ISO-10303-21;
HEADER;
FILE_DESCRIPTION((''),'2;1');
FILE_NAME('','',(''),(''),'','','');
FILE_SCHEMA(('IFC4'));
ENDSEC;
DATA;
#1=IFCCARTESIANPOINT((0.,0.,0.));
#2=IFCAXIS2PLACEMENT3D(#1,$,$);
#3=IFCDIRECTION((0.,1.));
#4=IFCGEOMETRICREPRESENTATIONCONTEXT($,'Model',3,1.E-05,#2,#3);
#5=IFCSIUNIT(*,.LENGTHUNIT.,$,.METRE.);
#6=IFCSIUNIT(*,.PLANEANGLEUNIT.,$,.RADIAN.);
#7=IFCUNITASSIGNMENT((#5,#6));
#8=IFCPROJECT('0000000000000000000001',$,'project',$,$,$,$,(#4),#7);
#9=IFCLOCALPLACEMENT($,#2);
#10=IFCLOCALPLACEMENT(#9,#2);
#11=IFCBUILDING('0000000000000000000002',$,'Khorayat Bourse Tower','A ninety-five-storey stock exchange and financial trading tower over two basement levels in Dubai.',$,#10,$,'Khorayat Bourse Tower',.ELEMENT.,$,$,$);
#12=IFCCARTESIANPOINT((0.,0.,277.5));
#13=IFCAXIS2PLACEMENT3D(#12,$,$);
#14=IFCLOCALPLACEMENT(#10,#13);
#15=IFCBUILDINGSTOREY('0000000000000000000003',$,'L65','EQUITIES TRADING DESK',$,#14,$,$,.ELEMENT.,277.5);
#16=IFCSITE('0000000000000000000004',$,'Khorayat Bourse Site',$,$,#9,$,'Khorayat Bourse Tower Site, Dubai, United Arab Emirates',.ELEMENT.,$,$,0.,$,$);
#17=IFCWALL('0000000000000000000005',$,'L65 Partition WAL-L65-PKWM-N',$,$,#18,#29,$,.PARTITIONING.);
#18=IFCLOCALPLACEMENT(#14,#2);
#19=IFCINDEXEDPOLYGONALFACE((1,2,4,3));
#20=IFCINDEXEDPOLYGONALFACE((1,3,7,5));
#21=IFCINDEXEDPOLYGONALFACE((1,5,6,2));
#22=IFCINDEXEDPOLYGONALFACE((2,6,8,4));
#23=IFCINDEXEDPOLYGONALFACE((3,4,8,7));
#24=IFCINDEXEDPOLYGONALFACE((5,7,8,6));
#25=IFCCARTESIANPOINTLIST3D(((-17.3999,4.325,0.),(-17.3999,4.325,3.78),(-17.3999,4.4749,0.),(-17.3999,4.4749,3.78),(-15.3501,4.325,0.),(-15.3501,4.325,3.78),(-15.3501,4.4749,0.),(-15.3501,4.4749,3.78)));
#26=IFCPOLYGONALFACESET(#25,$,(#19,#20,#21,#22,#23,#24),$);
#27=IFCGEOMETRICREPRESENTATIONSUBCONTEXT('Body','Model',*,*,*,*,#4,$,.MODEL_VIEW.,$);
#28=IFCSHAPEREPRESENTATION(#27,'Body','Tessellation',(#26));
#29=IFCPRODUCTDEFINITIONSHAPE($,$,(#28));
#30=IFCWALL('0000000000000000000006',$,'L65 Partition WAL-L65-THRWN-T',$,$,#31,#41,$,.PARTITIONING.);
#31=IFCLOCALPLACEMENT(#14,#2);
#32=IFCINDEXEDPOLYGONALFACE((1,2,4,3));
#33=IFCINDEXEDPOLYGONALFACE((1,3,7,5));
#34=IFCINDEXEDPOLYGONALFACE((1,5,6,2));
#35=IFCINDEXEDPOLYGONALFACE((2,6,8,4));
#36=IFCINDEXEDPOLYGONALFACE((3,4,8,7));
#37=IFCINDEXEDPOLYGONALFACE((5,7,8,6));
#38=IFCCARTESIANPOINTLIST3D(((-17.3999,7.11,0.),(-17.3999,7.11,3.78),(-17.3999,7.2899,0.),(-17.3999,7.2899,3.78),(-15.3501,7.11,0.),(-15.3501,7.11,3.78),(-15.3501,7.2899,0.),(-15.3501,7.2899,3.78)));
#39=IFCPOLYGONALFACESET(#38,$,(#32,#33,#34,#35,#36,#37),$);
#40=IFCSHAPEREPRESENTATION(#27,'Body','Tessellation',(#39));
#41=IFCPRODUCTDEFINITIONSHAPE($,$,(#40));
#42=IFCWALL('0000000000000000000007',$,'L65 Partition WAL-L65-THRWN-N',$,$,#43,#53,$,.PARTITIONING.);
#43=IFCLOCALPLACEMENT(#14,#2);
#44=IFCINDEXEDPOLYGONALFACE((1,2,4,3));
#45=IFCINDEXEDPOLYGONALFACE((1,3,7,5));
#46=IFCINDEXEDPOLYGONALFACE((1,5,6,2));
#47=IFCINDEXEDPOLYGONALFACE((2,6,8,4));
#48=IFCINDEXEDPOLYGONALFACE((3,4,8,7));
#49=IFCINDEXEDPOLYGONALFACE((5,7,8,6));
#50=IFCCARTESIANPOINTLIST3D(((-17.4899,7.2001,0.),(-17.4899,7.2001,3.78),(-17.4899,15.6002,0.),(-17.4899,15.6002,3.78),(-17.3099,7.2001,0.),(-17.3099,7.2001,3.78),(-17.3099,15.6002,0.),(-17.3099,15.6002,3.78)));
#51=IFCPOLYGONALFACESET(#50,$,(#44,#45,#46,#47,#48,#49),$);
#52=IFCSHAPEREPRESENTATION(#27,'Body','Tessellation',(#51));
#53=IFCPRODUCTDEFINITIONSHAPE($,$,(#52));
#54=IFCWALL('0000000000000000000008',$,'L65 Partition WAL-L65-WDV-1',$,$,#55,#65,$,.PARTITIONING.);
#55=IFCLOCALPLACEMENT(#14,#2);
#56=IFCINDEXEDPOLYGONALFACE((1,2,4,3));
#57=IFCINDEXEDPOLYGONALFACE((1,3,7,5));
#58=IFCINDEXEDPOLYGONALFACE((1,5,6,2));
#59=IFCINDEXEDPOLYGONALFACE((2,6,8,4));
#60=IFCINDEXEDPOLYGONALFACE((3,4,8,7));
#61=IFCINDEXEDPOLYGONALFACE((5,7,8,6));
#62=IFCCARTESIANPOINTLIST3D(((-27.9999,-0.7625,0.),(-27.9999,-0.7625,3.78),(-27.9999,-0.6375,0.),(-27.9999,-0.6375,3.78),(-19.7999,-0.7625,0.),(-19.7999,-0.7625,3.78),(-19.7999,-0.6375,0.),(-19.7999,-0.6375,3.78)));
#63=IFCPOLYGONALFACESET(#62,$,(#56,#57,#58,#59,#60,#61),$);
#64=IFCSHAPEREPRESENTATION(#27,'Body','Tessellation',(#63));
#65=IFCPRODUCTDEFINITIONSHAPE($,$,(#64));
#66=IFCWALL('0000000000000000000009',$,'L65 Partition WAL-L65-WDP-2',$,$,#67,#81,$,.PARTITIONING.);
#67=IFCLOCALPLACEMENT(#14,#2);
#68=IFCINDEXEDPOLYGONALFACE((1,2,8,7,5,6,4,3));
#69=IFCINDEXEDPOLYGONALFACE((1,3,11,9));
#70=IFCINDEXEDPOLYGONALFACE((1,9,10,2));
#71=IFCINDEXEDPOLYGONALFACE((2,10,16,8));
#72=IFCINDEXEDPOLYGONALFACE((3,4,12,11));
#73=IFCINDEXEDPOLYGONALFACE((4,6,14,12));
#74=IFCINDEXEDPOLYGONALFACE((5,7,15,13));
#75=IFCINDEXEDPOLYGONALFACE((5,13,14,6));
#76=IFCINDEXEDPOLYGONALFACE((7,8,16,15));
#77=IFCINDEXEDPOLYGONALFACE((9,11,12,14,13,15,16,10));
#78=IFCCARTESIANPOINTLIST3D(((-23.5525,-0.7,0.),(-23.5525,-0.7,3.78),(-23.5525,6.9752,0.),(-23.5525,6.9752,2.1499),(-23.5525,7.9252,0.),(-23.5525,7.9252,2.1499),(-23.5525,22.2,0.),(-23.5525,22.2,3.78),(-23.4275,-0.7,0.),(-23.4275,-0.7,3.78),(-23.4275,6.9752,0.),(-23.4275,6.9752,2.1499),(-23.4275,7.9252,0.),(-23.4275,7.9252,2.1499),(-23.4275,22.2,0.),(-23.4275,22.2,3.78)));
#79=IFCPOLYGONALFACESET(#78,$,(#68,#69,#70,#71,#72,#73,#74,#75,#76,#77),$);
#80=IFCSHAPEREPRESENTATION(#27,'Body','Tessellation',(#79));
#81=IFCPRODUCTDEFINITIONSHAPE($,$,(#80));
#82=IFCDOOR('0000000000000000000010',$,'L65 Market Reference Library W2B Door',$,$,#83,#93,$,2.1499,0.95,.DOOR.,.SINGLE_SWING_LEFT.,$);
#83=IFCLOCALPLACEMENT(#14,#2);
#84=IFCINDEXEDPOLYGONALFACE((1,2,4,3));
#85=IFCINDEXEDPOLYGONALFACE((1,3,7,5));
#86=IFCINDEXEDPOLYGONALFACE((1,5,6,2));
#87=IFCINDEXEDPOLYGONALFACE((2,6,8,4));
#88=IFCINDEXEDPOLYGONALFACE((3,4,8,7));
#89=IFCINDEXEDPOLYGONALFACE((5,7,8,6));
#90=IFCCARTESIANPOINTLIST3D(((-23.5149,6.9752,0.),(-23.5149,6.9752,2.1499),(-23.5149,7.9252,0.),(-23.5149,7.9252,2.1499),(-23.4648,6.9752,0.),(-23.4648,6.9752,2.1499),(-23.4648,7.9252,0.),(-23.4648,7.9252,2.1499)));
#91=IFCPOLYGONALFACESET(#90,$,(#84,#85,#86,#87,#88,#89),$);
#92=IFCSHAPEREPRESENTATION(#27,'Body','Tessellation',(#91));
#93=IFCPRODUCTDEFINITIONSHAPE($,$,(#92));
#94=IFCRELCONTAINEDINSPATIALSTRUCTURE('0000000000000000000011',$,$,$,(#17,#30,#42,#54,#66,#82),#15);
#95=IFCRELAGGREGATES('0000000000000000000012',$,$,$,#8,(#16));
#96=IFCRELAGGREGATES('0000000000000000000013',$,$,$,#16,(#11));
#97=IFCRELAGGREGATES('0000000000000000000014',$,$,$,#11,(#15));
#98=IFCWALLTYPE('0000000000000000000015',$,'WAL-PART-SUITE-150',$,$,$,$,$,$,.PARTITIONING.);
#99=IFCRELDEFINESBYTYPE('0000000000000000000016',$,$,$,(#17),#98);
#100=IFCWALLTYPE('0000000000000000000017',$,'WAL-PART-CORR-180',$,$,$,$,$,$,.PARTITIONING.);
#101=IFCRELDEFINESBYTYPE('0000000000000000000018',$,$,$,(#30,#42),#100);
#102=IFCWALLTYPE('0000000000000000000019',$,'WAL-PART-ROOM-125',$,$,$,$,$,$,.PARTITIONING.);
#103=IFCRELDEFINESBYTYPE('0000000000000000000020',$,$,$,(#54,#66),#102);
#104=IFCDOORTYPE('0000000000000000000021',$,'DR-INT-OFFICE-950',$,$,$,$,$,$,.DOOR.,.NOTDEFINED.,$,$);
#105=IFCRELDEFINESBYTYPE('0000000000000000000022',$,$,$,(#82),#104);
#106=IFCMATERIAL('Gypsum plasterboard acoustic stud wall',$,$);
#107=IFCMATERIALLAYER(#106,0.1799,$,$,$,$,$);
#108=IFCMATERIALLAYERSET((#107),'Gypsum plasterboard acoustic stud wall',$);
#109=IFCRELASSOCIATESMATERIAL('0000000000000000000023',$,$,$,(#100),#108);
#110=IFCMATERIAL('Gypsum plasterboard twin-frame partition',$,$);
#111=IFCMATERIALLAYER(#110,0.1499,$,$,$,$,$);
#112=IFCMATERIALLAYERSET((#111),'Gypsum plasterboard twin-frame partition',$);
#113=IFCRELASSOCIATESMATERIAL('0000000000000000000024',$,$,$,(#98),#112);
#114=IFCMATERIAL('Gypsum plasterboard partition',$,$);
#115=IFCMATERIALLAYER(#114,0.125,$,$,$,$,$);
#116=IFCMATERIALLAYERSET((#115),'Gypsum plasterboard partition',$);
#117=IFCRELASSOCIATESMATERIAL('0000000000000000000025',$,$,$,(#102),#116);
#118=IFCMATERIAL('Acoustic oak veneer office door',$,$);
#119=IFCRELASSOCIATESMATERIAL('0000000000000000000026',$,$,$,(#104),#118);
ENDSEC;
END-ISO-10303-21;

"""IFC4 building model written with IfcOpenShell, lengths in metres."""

from ifc_helpers import new_model, si_unit, direction, frame, frame_2d, origin, place, context, subcontext, project, spatial, rectangle, extrude, source, transform, mapped, material, layer, layer_set, type_object, element, fill, save


model = new_model("IFC4")

# Units and contexts
model_context = context("Model", 3, precision=1e-05, world=origin(), true_north=direction((0.0, 1.0)))
body_context = subcontext(model_context, "Body", "Model", "MODEL_VIEW")
ifc_project = project(units=[si_unit("LENGTHUNIT", "METRE"), si_unit("PLANEANGLEUNIT", "RADIAN")], contexts=[model_context])

# Site, building, storey
site_placement = place(None, origin())
site = spatial("IfcSite", under=ifc_project, at=site_placement, Name="Khorayat Bourse Site", LongName="Khorayat Bourse Tower Site, Dubai, United Arab Emirates", CompositionType="ELEMENT", RefElevation=0.0)
building_placement = place(site_placement, origin())
building = spatial("IfcBuilding", under=site, at=building_placement, Name="Khorayat Bourse Tower", Description="A ninety-five-storey stock exchange and financial trading tower over two basement levels in Dubai.", LongName="Khorayat Bourse Tower", CompositionType="ELEMENT")
storey_placement = place(building_placement, frame((0.0, 0.0, 277.5)))
storey = spatial("IfcBuildingStorey", under=building, at=storey_placement, Name="L65", Description="EQUITIES TRADING DESK", CompositionType="ELEMENT", Elevation=277.5)

# Walls
ifc_material_1 = material(Name="Gypsum plasterboard acoustic stud wall")
ifc_layer_1 = layer(ifc_material_1, 0.1799)
ifc_layer_set_1 = layer_set([ifc_layer_1], Name="Gypsum plasterboard acoustic stud wall")
wall_type_1 = type_object("IfcWallType", Name="WAL-PART-CORR-180", PredefinedType="PARTITIONING", material=ifc_layer_set_1)
ifc_material_2 = material(Name="Gypsum plasterboard twin-frame partition")
ifc_layer_2 = layer(ifc_material_2, 0.1499)
ifc_layer_set_2 = layer_set([ifc_layer_2], Name="Gypsum plasterboard twin-frame partition")
wall_type_2 = type_object("IfcWallType", Name="WAL-PART-SUITE-150", PredefinedType="PARTITIONING", material=ifc_layer_set_2)
shared_shape_1 = source(origin(), body_context, "Body", "SweptSolid", [
    extrude(rectangle(XDim=2.0498, YDim=0.1499, at=frame_2d((1.0249, 0.0))), origin(), (0.0, 0.0, 1.0), 3.78),
])
wall_1_placement = place(storey_placement, frame((-17.3999, 4.3999, 0.0), z_axis=(0.0, 0.0, 1.0), x_axis=(1.0, 0.0, 0.0)))
element("IfcWall", 1, at=wall_1_placement, inside=storey, type_object=wall_type_2, Name="L65 Partition WAL-L65-PKWM-N", PredefinedType="PARTITIONING", context=body_context, shape_type="MappedRepresentation", body=[
    mapped(shared_shape_1, transform((0.0, 0.0, 0.0), scale=1.0)),
])
shared_shape_2 = source(origin(), body_context, "Body", "SweptSolid", [
    extrude(rectangle(XDim=2.0498, YDim=0.1799, at=frame_2d((1.0249, 0.0))), origin(), (0.0, 0.0, 1.0), 3.78),
])
wall_2_placement = place(storey_placement, frame((-17.3999, 7.2, 0.0), z_axis=(0.0, 0.0, 1.0), x_axis=(1.0, 0.0, 0.0)))
element("IfcWall", 2, at=wall_2_placement, inside=storey, type_object=wall_type_1, Name="L65 Partition WAL-L65-THRWN-T", PredefinedType="PARTITIONING", context=body_context, shape_type="MappedRepresentation", body=[
    mapped(shared_shape_2, transform((0.0, 0.0, 0.0), scale=1.0)),
])
shared_shape_3 = source(origin(), body_context, "Body", "SweptSolid", [
    extrude(rectangle(XDim=8.4001, YDim=0.1799, at=frame_2d((4.2002, 0.0))), origin(), (0.0, 0.0, 1.0), 3.78),
])
wall_3_placement = place(storey_placement, frame((-17.3999, 7.2, 0.0), z_axis=(0.0, 0.0, 1.0), x_axis=(0.0, 1.0, 0.0)))
element("IfcWall", 3, at=wall_3_placement, inside=storey, type_object=wall_type_1, Name="L65 Partition WAL-L65-THRWN-N", PredefinedType="PARTITIONING", context=body_context, shape_type="MappedRepresentation", body=[
    mapped(shared_shape_3, transform((0.0, 0.0, 0.0), scale=1.0)),
])
ifc_material_3 = material(Name="Gypsum plasterboard partition")
ifc_layer_3 = layer(ifc_material_3, 0.125)
ifc_layer_set_3 = layer_set([ifc_layer_3], Name="Gypsum plasterboard partition")
wall_type_3 = type_object("IfcWallType", Name="WAL-PART-ROOM-125", PredefinedType="PARTITIONING", material=ifc_layer_set_3)
shared_shape_4 = source(origin(), body_context, "Body", "SweptSolid", [
    extrude(rectangle(XDim=8.2, YDim=0.125, at=frame_2d((4.1001, 0.0))), origin(), (0.0, 0.0, 1.0), 3.78),
])
wall_4_placement = place(storey_placement, frame((-28.0, -0.7, 0.0), z_axis=(0.0, 0.0, 1.0), x_axis=(1.0, 0.0, 0.0)))
element("IfcWall", 4, at=wall_4_placement, inside=storey, type_object=wall_type_3, Name="L65 Partition WAL-L65-WDV-1", PredefinedType="PARTITIONING", context=body_context, shape_type="MappedRepresentation", body=[
    mapped(shared_shape_4, transform((0.0, 0.0, 0.0), scale=1.0)),
])

# Wall, opening, door
shared_shape_5 = source(origin(), body_context, "Body", "SweptSolid", [
    extrude(rectangle(XDim=22.8999, YDim=0.125, at=frame_2d((11.45, 0.0))), origin(), (0.0, 0.0, 1.0), 3.78),
])
wall_5_placement = place(storey_placement, frame((-23.49, -0.7, 0.0), z_axis=(0.0, 0.0, 1.0), x_axis=(0.0, 1.0, 0.0)))
wall_5 = element("IfcWall", 5, at=wall_5_placement, inside=storey, type_object=wall_type_3, Name="L65 Partition WAL-L65-WDP-2", PredefinedType="PARTITIONING", context=body_context, shape_type="MappedRepresentation", body=[
    mapped(shared_shape_5, transform((0.0, 0.0, 0.0), scale=1.0)),
])
shared_shape_6 = source(origin(), body_context, "Body", "SweptSolid", [
    extrude(rectangle(XDim=0.95, YDim=2.1499, at=frame_2d((0.4751, 1.075))), frame((0.0, 0.0725, 0.0), z_axis=(0.0, -1.0, 0.0), x_axis=(1.0, 0.0, 0.0)), (0.0, 0.0, 1.0), 0.145),
])
opening_placement = place(wall_5_placement, frame((7.675, 0.0, 0.0)))
opening = element("IfcOpeningElement", 6, at=opening_placement, cuts=wall_5, PredefinedType="OPENING", context=body_context, shape_type="MappedRepresentation", body=[
    mapped(shared_shape_6, transform((0.0, 0.0, 0.0), scale=1.0)),
])
ifc_material_4 = material(Name="Acoustic oak veneer office door")
door_type = type_object("IfcDoorType", Name="DR-INT-OFFICE-950", OperationType="NOTDEFINED", PredefinedType="DOOR", material=ifc_material_4)
shared_shape_7 = source(origin(), body_context, "Body", "SweptSolid", [
    extrude(rectangle(XDim=0.95, YDim=2.1499, at=frame_2d((0.4751, 1.075))), frame((0.0, 0.0249, 0.0), z_axis=(0.0, -1.0, 0.0), x_axis=(1.0, 0.0, 0.0)), (0.0, 0.0, 1.0), 0.05),
])
door_placement = place(opening_placement, origin())
door = element("IfcDoor", 7, at=door_placement, inside=storey, type_object=door_type, Name="L65 Market Reference Library W2B Door", OperationType="SINGLE_SWING_LEFT", OverallHeight=2.1499, OverallWidth=0.95, PredefinedType="DOOR", context=body_context, shape_type="MappedRepresentation", body=[
    mapped(shared_shape_7, transform((0.0, 0.0, 0.0), scale=1.0)),
])
fill(opening, door)

save(model, "model.ifc")
